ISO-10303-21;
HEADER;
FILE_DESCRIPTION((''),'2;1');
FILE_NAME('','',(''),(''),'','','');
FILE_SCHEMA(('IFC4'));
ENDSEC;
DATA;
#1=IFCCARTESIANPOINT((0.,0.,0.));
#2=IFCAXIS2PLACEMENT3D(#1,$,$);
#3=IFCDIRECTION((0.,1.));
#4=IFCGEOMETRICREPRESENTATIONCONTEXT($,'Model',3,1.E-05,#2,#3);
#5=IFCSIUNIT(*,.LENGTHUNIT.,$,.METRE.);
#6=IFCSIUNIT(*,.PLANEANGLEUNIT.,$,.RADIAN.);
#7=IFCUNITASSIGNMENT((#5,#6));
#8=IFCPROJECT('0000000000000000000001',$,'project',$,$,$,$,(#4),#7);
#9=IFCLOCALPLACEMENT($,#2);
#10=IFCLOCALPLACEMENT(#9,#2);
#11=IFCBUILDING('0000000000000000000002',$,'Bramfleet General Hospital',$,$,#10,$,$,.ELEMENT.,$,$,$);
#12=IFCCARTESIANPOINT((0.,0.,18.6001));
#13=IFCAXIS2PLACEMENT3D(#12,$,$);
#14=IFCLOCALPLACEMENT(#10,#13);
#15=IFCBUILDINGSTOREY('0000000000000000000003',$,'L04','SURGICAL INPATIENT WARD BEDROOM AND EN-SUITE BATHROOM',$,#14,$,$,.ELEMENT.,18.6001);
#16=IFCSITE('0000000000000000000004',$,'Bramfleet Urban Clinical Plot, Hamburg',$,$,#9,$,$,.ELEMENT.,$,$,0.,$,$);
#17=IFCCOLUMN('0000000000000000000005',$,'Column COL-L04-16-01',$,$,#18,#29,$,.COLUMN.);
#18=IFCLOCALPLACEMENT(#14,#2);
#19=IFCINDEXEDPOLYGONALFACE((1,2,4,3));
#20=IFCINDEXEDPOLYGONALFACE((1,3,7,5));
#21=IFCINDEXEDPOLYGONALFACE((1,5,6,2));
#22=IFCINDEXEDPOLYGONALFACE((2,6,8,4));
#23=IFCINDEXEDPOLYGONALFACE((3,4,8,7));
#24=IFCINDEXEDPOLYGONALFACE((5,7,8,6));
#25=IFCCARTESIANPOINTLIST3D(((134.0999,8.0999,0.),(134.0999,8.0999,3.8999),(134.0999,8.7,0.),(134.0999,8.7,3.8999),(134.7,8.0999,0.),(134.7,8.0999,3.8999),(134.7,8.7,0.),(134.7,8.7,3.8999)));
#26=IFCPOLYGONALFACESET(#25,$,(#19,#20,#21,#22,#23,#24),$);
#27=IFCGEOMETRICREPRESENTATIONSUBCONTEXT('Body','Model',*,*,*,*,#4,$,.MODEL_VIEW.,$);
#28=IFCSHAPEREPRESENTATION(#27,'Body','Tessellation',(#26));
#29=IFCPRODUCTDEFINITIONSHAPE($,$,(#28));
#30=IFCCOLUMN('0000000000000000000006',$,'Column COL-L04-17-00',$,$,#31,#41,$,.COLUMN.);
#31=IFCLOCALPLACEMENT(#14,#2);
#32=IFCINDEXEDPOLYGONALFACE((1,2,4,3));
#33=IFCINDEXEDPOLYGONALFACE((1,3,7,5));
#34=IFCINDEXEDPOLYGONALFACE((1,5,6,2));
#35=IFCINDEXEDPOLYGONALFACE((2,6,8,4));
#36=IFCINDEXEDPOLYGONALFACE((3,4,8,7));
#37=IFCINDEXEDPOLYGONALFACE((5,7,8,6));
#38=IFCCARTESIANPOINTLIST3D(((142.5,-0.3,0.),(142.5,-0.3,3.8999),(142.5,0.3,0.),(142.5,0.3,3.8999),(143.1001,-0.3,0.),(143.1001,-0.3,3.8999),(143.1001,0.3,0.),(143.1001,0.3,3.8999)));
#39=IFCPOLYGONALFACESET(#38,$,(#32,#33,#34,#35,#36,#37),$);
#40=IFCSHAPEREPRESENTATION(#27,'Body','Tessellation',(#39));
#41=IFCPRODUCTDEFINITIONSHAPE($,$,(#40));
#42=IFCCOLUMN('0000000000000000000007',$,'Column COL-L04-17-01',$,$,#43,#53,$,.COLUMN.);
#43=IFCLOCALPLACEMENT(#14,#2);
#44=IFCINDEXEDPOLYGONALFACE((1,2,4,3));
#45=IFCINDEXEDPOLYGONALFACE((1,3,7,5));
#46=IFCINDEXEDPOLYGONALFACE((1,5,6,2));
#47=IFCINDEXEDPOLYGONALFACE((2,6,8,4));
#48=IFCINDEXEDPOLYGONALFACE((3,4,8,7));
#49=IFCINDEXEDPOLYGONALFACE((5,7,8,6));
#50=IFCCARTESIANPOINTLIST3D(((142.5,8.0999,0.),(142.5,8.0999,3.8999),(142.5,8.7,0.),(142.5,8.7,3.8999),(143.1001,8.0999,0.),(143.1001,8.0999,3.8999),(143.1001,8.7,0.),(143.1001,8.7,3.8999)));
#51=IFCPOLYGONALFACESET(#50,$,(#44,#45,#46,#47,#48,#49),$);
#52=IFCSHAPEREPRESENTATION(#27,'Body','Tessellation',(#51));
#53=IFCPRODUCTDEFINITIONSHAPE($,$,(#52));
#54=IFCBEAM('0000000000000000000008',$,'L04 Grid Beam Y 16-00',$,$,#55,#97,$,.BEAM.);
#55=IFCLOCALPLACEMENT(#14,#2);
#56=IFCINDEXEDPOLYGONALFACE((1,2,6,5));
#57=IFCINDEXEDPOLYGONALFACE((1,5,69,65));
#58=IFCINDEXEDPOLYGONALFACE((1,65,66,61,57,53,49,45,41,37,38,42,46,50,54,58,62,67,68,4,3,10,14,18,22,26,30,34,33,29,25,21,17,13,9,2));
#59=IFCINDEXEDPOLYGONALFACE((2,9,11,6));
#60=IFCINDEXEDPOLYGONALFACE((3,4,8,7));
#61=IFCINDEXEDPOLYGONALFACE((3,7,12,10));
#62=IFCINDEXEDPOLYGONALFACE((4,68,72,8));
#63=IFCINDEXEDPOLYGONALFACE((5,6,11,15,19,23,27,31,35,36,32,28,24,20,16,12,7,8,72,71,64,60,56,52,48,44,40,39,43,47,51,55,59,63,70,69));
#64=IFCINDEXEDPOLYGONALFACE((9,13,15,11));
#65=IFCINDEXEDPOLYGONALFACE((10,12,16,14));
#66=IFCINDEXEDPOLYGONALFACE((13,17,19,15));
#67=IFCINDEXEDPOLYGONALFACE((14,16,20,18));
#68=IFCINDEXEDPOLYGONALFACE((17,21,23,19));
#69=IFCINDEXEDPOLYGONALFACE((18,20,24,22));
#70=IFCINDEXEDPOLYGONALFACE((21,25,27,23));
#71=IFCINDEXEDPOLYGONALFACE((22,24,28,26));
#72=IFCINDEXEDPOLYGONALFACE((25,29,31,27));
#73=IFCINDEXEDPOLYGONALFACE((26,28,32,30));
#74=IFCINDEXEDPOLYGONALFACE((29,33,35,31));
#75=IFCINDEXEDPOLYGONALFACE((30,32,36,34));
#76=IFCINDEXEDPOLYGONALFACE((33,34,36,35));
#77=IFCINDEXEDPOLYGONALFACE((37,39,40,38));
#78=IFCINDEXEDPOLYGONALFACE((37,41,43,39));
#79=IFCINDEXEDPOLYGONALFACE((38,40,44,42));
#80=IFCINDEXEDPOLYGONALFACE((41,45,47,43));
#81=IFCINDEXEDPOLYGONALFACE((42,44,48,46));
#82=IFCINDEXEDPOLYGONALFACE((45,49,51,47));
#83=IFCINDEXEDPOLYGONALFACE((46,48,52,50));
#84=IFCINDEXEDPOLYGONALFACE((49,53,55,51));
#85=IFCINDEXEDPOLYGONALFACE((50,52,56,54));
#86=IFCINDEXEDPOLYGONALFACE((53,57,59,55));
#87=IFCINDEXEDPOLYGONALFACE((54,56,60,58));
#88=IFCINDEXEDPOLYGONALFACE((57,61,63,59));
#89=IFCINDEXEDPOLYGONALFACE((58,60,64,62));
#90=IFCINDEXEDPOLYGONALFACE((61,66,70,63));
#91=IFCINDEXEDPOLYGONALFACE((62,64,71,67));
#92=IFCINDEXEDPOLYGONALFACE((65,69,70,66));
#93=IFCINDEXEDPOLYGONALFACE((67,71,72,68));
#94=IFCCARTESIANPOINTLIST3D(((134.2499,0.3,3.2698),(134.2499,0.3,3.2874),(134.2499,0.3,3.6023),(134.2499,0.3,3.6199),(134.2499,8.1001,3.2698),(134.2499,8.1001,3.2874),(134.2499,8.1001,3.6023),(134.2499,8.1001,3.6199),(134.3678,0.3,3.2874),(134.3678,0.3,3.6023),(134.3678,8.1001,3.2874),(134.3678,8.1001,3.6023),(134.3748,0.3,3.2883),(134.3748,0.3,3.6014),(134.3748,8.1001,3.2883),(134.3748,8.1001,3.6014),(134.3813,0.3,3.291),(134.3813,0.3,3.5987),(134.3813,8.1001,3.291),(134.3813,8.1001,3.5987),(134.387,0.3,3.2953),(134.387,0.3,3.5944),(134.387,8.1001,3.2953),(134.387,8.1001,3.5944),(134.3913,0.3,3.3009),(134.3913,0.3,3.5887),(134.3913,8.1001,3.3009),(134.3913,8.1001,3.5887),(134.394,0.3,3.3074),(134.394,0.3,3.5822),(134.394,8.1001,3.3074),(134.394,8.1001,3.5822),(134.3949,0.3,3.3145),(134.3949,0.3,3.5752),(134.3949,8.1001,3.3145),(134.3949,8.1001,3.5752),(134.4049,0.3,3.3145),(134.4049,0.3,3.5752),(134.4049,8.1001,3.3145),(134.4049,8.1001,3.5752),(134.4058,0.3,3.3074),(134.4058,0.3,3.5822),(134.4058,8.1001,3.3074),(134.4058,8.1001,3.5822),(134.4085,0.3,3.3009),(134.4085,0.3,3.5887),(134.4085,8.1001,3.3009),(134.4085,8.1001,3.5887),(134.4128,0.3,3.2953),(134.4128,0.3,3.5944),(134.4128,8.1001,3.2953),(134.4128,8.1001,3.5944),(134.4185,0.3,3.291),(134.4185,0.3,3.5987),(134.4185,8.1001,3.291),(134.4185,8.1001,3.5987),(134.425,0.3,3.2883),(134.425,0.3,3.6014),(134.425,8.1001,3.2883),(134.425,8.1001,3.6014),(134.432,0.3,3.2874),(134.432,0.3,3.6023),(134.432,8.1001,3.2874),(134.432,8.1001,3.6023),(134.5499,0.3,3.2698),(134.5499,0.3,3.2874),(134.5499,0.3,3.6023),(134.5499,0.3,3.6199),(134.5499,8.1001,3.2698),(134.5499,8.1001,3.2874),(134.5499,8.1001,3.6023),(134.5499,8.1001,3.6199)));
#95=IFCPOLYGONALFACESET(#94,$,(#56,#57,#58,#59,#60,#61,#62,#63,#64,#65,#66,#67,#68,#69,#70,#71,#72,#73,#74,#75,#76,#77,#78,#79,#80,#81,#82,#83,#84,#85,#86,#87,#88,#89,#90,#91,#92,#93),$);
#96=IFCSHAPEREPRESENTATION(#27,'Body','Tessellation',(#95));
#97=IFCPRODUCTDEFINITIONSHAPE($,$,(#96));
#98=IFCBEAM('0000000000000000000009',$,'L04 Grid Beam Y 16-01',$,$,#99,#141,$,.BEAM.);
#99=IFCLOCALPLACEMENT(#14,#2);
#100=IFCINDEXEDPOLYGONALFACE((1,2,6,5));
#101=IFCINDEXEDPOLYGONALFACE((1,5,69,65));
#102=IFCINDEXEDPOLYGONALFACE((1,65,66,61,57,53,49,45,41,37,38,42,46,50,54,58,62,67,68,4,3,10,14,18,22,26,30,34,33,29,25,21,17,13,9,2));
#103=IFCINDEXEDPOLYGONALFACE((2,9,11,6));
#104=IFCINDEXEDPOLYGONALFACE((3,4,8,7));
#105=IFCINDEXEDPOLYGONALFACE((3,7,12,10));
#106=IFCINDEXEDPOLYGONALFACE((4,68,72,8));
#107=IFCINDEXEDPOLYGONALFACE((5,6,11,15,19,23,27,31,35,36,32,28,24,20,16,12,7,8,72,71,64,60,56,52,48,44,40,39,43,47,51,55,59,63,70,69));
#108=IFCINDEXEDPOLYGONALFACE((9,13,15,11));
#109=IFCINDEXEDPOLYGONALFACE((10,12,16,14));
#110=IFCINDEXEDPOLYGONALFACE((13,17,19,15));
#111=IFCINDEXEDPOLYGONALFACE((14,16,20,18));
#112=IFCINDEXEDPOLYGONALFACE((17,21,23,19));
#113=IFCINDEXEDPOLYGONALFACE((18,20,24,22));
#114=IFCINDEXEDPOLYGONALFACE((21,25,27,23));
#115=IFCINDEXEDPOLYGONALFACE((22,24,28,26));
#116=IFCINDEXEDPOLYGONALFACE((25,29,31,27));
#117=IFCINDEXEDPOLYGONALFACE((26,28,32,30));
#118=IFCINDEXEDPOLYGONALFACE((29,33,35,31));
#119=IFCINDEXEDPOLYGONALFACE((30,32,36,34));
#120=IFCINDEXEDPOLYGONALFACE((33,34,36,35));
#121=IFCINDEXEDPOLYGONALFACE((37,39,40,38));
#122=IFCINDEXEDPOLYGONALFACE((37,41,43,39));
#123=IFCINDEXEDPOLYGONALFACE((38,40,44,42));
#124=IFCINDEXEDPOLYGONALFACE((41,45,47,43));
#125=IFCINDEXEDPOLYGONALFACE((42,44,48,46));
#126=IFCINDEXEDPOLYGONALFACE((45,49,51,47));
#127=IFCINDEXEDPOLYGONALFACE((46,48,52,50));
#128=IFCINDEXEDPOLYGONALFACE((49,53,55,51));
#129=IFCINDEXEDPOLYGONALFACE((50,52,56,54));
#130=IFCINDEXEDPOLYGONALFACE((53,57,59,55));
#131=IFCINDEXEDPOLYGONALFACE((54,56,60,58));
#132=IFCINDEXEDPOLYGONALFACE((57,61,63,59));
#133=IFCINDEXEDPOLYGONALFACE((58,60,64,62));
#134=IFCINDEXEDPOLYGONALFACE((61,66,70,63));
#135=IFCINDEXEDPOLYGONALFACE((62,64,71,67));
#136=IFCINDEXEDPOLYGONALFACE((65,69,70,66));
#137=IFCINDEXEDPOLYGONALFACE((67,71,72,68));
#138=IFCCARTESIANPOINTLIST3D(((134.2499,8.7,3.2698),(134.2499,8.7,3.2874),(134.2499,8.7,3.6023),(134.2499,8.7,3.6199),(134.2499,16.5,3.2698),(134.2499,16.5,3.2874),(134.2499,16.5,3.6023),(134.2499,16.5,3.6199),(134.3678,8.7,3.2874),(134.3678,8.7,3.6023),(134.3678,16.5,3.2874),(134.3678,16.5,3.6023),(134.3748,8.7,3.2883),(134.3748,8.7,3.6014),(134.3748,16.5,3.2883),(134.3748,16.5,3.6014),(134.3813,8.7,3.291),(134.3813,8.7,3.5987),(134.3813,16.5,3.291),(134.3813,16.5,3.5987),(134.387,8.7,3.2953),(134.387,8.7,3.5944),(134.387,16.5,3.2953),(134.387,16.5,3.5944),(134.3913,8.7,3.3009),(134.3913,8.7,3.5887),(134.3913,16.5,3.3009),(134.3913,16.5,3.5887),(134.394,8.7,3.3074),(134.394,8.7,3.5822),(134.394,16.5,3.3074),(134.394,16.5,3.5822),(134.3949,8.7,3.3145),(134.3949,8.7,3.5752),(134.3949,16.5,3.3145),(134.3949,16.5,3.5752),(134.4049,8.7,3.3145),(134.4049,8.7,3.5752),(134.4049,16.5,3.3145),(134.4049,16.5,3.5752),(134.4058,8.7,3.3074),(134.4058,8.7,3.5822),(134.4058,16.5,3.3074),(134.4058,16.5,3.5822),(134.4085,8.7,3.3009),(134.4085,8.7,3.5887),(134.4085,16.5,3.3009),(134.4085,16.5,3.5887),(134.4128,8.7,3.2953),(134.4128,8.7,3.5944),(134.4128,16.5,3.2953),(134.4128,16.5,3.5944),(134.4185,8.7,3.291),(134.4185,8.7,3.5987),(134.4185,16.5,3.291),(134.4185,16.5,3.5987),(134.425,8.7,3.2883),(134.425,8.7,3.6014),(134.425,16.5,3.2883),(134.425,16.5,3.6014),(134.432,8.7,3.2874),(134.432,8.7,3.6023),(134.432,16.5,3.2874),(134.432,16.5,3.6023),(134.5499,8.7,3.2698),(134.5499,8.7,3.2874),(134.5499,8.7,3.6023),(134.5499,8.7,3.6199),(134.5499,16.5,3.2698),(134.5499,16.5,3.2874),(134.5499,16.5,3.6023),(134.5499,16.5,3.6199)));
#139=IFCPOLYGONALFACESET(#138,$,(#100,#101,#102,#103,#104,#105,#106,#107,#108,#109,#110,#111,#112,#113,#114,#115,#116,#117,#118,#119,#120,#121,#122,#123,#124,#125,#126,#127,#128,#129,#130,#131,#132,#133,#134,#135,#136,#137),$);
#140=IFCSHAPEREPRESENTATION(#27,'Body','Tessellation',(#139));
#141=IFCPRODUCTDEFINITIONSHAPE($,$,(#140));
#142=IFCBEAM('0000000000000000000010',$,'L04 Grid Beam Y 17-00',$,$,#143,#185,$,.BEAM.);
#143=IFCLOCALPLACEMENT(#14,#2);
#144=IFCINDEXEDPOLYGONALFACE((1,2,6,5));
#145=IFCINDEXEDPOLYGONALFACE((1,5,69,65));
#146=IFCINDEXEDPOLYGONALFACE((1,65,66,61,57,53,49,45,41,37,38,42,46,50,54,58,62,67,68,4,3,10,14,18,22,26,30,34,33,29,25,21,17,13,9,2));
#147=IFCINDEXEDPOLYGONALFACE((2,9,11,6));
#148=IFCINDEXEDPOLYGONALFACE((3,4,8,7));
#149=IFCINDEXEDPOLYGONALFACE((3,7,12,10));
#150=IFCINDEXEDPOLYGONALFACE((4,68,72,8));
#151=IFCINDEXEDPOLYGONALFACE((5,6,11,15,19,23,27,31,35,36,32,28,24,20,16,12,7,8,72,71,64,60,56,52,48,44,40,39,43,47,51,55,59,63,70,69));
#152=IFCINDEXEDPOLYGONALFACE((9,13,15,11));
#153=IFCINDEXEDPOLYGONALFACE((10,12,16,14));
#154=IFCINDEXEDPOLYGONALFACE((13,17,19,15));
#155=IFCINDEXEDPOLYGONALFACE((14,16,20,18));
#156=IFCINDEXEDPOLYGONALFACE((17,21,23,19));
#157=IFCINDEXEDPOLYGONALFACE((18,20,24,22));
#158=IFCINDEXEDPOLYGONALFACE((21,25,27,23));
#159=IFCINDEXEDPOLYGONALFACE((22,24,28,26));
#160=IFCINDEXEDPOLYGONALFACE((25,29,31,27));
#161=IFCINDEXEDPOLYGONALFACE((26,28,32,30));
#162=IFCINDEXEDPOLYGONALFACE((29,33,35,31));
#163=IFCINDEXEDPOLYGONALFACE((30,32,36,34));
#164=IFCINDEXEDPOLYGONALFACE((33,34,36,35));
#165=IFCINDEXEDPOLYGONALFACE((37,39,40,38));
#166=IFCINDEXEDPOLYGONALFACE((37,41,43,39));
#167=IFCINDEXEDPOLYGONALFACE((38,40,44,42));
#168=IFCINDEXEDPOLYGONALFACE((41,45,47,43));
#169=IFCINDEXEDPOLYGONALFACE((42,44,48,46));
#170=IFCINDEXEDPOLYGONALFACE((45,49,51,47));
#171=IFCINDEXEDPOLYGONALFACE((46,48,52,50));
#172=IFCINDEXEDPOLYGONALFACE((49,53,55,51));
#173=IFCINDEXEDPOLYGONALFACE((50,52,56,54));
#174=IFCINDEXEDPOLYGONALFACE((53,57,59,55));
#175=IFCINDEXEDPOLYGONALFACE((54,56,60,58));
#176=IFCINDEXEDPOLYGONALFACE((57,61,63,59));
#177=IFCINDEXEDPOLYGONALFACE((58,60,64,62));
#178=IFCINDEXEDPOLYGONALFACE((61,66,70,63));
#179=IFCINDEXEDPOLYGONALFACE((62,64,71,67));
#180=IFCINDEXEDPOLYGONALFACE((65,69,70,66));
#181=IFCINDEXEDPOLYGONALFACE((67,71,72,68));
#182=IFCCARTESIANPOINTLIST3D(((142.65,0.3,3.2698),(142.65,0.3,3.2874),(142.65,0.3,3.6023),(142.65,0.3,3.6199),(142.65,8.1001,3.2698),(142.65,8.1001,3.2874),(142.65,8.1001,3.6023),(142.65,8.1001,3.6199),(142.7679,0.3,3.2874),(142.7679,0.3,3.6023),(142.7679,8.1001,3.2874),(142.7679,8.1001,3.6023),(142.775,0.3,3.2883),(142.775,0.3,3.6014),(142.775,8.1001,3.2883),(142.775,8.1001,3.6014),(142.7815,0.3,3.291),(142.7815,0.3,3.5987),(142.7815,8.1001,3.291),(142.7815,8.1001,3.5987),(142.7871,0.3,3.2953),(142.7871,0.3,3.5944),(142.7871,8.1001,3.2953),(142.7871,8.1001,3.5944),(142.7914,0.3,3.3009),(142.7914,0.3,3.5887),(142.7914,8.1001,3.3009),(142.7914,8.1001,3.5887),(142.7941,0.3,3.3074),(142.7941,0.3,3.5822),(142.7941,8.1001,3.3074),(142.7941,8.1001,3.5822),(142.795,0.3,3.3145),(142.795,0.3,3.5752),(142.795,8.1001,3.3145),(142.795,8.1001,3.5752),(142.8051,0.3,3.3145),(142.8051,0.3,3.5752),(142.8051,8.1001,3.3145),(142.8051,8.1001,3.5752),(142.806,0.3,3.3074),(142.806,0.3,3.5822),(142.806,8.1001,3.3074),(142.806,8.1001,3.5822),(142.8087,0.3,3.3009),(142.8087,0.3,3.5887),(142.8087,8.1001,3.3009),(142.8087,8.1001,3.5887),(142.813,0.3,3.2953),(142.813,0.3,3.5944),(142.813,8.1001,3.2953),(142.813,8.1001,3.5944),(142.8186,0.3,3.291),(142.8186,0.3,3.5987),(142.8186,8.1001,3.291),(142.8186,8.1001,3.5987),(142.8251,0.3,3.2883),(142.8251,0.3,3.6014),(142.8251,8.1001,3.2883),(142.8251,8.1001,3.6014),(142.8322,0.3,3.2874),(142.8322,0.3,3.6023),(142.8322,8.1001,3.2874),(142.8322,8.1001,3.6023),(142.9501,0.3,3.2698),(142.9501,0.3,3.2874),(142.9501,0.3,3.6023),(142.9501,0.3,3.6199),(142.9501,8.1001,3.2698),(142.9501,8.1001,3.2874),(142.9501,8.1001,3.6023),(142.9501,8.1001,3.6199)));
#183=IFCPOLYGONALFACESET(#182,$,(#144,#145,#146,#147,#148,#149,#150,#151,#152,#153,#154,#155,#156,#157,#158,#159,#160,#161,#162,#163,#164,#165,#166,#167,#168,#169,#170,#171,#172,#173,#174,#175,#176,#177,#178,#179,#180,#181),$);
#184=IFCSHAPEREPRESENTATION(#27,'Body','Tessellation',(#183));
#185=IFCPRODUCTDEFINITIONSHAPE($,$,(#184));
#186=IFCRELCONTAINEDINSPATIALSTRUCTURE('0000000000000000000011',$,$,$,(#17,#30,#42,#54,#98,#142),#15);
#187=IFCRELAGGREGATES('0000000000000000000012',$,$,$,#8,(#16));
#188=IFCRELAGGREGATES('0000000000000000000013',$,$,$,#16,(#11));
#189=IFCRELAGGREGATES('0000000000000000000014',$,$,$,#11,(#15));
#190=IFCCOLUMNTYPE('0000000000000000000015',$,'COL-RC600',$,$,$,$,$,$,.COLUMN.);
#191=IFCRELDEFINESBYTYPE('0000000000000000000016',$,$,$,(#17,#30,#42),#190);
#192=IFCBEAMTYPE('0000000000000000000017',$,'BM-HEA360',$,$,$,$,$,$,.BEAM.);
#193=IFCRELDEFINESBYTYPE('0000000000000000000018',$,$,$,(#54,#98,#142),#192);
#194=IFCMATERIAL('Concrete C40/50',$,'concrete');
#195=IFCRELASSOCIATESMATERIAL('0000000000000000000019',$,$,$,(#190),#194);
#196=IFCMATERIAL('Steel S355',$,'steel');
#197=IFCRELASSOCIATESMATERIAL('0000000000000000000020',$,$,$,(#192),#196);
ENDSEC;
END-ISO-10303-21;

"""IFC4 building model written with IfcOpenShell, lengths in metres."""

from ifc_helpers import new_model, si_unit, direction, frame, origin, origin_2d, place, context, subcontext, project, spatial, rectangle, i_section, extrude, material, material_profile, profile_set, type_object, element, save


model = new_model("IFC4")

# Units and contexts
model_context = context("Model", 3, precision=1e-05, world=origin(), true_north=direction((0.0, 1.0)))
body_context = subcontext(model_context, "Body", "Model", "MODEL_VIEW")
ifc_project = project(units=[si_unit("LENGTHUNIT", "METRE"), si_unit("PLANEANGLEUNIT", "RADIAN")], contexts=[model_context])

# Site, building, storey
site_placement = place(None, origin())
site = spatial("IfcSite", under=ifc_project, at=site_placement, Name="Bramfleet Urban Clinical Plot, Hamburg", CompositionType="ELEMENT", RefElevation=0.0)
building_placement = place(site_placement, origin())
building = spatial("IfcBuilding", under=site, at=building_placement, Name="Bramfleet General Hospital", CompositionType="ELEMENT")
storey_placement = place(building_placement, frame((0.0, 0.0, 18.6001)))
storey = spatial("IfcBuildingStorey", under=building, at=storey_placement, Name="L04", Description="SURGICAL INPATIENT WARD BEDROOM AND EN-SUITE BATHROOM", CompositionType="ELEMENT", Elevation=18.6001)

# Columns
ifc_material_1 = material(Name="Concrete C40/50", Category="concrete")
ifc_material_profile_1 = material_profile(ifc_material_1, rectangle(XDim=0.6001, YDim=0.6001, at=origin_2d()), Name="RC COL 600x600")
ifc_profile_set_1 = profile_set([ifc_material_profile_1], Name="Concrete C40/50")
column_type = type_object("IfcColumnType", Name="COL-RC600", PredefinedType="COLUMN", material=ifc_profile_set_1)
for number, where, z_axis, x_axis, name in (
    (1, (134.3999, 8.3999, 0.0), (0.0, 0.0, 1.0), (1.0, 0.0, 0.0), "Column COL-L04-16-01"),
    (2, (142.8, 0.0, 0.0), (0.0, 0.0, 1.0), (1.0, 0.0, 0.0), "Column COL-L04-17-00"),
    (3, (142.8, 8.3999, 0.0), (0.0, 0.0, 1.0), (1.0, 0.0, 0.0), "Column COL-L04-17-01"),
):
    element("IfcColumn", number, at=place(storey_placement, frame(where, z_axis=z_axis, x_axis=x_axis)), inside=storey, type_object=column_type, Name=name, PredefinedType="COLUMN", context=body_context, shape_type="SweptSolid", body=[
        extrude(rectangle(XDim=0.6001, YDim=0.6001, at=origin_2d()), origin(), (0.0, 0.0, 1.0), 3.8999),
    ])

# Beams
ifc_material_2 = material(Name="Steel S355", Category="steel")
ifc_material_profile_2 = material_profile(ifc_material_2, i_section(OverallWidth=0.3, OverallDepth=0.3501, WebThickness=0.01, FlangeThickness=0.0176, FilletRadius=0.0271, at=origin_2d()), Name="HEA 360")
ifc_profile_set_2 = profile_set([ifc_material_profile_2], Name="Steel S355")
beam_type_1 = type_object("IfcBeamType", Name="BM-HEA360", PredefinedType="BEAM", material=ifc_profile_set_2)
for number, where, z_axis, x_axis, name in (
    (4, (134.3999, 0.3, 3.4448), (0.0, 1.0, 0.0), (-1.0, 0.0, 0.0), "L04 Grid Beam Y 16-00"),
    (5, (134.3999, 8.7, 3.4448), (0.0, 1.0, 0.0), (-1.0, 0.0, 0.0), "L04 Grid Beam Y 16-01"),
    (6, (142.8, 0.3, 3.4448), (0.0, 1.0, 0.0), (-1.0, 0.0, 0.0), "L04 Grid Beam Y 17-00"),
):
    element("IfcBeam", number, at=place(storey_placement, frame(where, z_axis=z_axis, x_axis=x_axis)), inside=storey, type_object=beam_type_1, Name=name, PredefinedType="BEAM", context=body_context, shape_type="SweptSolid", body=[
        extrude(i_section(OverallWidth=0.3, OverallDepth=0.3501, WebThickness=0.01, FlangeThickness=0.0176, FilletRadius=0.0271, at=origin_2d()), origin(), (0.0, 0.0, 1.0), 7.8),
    ])

save(model, "model.ifc")
